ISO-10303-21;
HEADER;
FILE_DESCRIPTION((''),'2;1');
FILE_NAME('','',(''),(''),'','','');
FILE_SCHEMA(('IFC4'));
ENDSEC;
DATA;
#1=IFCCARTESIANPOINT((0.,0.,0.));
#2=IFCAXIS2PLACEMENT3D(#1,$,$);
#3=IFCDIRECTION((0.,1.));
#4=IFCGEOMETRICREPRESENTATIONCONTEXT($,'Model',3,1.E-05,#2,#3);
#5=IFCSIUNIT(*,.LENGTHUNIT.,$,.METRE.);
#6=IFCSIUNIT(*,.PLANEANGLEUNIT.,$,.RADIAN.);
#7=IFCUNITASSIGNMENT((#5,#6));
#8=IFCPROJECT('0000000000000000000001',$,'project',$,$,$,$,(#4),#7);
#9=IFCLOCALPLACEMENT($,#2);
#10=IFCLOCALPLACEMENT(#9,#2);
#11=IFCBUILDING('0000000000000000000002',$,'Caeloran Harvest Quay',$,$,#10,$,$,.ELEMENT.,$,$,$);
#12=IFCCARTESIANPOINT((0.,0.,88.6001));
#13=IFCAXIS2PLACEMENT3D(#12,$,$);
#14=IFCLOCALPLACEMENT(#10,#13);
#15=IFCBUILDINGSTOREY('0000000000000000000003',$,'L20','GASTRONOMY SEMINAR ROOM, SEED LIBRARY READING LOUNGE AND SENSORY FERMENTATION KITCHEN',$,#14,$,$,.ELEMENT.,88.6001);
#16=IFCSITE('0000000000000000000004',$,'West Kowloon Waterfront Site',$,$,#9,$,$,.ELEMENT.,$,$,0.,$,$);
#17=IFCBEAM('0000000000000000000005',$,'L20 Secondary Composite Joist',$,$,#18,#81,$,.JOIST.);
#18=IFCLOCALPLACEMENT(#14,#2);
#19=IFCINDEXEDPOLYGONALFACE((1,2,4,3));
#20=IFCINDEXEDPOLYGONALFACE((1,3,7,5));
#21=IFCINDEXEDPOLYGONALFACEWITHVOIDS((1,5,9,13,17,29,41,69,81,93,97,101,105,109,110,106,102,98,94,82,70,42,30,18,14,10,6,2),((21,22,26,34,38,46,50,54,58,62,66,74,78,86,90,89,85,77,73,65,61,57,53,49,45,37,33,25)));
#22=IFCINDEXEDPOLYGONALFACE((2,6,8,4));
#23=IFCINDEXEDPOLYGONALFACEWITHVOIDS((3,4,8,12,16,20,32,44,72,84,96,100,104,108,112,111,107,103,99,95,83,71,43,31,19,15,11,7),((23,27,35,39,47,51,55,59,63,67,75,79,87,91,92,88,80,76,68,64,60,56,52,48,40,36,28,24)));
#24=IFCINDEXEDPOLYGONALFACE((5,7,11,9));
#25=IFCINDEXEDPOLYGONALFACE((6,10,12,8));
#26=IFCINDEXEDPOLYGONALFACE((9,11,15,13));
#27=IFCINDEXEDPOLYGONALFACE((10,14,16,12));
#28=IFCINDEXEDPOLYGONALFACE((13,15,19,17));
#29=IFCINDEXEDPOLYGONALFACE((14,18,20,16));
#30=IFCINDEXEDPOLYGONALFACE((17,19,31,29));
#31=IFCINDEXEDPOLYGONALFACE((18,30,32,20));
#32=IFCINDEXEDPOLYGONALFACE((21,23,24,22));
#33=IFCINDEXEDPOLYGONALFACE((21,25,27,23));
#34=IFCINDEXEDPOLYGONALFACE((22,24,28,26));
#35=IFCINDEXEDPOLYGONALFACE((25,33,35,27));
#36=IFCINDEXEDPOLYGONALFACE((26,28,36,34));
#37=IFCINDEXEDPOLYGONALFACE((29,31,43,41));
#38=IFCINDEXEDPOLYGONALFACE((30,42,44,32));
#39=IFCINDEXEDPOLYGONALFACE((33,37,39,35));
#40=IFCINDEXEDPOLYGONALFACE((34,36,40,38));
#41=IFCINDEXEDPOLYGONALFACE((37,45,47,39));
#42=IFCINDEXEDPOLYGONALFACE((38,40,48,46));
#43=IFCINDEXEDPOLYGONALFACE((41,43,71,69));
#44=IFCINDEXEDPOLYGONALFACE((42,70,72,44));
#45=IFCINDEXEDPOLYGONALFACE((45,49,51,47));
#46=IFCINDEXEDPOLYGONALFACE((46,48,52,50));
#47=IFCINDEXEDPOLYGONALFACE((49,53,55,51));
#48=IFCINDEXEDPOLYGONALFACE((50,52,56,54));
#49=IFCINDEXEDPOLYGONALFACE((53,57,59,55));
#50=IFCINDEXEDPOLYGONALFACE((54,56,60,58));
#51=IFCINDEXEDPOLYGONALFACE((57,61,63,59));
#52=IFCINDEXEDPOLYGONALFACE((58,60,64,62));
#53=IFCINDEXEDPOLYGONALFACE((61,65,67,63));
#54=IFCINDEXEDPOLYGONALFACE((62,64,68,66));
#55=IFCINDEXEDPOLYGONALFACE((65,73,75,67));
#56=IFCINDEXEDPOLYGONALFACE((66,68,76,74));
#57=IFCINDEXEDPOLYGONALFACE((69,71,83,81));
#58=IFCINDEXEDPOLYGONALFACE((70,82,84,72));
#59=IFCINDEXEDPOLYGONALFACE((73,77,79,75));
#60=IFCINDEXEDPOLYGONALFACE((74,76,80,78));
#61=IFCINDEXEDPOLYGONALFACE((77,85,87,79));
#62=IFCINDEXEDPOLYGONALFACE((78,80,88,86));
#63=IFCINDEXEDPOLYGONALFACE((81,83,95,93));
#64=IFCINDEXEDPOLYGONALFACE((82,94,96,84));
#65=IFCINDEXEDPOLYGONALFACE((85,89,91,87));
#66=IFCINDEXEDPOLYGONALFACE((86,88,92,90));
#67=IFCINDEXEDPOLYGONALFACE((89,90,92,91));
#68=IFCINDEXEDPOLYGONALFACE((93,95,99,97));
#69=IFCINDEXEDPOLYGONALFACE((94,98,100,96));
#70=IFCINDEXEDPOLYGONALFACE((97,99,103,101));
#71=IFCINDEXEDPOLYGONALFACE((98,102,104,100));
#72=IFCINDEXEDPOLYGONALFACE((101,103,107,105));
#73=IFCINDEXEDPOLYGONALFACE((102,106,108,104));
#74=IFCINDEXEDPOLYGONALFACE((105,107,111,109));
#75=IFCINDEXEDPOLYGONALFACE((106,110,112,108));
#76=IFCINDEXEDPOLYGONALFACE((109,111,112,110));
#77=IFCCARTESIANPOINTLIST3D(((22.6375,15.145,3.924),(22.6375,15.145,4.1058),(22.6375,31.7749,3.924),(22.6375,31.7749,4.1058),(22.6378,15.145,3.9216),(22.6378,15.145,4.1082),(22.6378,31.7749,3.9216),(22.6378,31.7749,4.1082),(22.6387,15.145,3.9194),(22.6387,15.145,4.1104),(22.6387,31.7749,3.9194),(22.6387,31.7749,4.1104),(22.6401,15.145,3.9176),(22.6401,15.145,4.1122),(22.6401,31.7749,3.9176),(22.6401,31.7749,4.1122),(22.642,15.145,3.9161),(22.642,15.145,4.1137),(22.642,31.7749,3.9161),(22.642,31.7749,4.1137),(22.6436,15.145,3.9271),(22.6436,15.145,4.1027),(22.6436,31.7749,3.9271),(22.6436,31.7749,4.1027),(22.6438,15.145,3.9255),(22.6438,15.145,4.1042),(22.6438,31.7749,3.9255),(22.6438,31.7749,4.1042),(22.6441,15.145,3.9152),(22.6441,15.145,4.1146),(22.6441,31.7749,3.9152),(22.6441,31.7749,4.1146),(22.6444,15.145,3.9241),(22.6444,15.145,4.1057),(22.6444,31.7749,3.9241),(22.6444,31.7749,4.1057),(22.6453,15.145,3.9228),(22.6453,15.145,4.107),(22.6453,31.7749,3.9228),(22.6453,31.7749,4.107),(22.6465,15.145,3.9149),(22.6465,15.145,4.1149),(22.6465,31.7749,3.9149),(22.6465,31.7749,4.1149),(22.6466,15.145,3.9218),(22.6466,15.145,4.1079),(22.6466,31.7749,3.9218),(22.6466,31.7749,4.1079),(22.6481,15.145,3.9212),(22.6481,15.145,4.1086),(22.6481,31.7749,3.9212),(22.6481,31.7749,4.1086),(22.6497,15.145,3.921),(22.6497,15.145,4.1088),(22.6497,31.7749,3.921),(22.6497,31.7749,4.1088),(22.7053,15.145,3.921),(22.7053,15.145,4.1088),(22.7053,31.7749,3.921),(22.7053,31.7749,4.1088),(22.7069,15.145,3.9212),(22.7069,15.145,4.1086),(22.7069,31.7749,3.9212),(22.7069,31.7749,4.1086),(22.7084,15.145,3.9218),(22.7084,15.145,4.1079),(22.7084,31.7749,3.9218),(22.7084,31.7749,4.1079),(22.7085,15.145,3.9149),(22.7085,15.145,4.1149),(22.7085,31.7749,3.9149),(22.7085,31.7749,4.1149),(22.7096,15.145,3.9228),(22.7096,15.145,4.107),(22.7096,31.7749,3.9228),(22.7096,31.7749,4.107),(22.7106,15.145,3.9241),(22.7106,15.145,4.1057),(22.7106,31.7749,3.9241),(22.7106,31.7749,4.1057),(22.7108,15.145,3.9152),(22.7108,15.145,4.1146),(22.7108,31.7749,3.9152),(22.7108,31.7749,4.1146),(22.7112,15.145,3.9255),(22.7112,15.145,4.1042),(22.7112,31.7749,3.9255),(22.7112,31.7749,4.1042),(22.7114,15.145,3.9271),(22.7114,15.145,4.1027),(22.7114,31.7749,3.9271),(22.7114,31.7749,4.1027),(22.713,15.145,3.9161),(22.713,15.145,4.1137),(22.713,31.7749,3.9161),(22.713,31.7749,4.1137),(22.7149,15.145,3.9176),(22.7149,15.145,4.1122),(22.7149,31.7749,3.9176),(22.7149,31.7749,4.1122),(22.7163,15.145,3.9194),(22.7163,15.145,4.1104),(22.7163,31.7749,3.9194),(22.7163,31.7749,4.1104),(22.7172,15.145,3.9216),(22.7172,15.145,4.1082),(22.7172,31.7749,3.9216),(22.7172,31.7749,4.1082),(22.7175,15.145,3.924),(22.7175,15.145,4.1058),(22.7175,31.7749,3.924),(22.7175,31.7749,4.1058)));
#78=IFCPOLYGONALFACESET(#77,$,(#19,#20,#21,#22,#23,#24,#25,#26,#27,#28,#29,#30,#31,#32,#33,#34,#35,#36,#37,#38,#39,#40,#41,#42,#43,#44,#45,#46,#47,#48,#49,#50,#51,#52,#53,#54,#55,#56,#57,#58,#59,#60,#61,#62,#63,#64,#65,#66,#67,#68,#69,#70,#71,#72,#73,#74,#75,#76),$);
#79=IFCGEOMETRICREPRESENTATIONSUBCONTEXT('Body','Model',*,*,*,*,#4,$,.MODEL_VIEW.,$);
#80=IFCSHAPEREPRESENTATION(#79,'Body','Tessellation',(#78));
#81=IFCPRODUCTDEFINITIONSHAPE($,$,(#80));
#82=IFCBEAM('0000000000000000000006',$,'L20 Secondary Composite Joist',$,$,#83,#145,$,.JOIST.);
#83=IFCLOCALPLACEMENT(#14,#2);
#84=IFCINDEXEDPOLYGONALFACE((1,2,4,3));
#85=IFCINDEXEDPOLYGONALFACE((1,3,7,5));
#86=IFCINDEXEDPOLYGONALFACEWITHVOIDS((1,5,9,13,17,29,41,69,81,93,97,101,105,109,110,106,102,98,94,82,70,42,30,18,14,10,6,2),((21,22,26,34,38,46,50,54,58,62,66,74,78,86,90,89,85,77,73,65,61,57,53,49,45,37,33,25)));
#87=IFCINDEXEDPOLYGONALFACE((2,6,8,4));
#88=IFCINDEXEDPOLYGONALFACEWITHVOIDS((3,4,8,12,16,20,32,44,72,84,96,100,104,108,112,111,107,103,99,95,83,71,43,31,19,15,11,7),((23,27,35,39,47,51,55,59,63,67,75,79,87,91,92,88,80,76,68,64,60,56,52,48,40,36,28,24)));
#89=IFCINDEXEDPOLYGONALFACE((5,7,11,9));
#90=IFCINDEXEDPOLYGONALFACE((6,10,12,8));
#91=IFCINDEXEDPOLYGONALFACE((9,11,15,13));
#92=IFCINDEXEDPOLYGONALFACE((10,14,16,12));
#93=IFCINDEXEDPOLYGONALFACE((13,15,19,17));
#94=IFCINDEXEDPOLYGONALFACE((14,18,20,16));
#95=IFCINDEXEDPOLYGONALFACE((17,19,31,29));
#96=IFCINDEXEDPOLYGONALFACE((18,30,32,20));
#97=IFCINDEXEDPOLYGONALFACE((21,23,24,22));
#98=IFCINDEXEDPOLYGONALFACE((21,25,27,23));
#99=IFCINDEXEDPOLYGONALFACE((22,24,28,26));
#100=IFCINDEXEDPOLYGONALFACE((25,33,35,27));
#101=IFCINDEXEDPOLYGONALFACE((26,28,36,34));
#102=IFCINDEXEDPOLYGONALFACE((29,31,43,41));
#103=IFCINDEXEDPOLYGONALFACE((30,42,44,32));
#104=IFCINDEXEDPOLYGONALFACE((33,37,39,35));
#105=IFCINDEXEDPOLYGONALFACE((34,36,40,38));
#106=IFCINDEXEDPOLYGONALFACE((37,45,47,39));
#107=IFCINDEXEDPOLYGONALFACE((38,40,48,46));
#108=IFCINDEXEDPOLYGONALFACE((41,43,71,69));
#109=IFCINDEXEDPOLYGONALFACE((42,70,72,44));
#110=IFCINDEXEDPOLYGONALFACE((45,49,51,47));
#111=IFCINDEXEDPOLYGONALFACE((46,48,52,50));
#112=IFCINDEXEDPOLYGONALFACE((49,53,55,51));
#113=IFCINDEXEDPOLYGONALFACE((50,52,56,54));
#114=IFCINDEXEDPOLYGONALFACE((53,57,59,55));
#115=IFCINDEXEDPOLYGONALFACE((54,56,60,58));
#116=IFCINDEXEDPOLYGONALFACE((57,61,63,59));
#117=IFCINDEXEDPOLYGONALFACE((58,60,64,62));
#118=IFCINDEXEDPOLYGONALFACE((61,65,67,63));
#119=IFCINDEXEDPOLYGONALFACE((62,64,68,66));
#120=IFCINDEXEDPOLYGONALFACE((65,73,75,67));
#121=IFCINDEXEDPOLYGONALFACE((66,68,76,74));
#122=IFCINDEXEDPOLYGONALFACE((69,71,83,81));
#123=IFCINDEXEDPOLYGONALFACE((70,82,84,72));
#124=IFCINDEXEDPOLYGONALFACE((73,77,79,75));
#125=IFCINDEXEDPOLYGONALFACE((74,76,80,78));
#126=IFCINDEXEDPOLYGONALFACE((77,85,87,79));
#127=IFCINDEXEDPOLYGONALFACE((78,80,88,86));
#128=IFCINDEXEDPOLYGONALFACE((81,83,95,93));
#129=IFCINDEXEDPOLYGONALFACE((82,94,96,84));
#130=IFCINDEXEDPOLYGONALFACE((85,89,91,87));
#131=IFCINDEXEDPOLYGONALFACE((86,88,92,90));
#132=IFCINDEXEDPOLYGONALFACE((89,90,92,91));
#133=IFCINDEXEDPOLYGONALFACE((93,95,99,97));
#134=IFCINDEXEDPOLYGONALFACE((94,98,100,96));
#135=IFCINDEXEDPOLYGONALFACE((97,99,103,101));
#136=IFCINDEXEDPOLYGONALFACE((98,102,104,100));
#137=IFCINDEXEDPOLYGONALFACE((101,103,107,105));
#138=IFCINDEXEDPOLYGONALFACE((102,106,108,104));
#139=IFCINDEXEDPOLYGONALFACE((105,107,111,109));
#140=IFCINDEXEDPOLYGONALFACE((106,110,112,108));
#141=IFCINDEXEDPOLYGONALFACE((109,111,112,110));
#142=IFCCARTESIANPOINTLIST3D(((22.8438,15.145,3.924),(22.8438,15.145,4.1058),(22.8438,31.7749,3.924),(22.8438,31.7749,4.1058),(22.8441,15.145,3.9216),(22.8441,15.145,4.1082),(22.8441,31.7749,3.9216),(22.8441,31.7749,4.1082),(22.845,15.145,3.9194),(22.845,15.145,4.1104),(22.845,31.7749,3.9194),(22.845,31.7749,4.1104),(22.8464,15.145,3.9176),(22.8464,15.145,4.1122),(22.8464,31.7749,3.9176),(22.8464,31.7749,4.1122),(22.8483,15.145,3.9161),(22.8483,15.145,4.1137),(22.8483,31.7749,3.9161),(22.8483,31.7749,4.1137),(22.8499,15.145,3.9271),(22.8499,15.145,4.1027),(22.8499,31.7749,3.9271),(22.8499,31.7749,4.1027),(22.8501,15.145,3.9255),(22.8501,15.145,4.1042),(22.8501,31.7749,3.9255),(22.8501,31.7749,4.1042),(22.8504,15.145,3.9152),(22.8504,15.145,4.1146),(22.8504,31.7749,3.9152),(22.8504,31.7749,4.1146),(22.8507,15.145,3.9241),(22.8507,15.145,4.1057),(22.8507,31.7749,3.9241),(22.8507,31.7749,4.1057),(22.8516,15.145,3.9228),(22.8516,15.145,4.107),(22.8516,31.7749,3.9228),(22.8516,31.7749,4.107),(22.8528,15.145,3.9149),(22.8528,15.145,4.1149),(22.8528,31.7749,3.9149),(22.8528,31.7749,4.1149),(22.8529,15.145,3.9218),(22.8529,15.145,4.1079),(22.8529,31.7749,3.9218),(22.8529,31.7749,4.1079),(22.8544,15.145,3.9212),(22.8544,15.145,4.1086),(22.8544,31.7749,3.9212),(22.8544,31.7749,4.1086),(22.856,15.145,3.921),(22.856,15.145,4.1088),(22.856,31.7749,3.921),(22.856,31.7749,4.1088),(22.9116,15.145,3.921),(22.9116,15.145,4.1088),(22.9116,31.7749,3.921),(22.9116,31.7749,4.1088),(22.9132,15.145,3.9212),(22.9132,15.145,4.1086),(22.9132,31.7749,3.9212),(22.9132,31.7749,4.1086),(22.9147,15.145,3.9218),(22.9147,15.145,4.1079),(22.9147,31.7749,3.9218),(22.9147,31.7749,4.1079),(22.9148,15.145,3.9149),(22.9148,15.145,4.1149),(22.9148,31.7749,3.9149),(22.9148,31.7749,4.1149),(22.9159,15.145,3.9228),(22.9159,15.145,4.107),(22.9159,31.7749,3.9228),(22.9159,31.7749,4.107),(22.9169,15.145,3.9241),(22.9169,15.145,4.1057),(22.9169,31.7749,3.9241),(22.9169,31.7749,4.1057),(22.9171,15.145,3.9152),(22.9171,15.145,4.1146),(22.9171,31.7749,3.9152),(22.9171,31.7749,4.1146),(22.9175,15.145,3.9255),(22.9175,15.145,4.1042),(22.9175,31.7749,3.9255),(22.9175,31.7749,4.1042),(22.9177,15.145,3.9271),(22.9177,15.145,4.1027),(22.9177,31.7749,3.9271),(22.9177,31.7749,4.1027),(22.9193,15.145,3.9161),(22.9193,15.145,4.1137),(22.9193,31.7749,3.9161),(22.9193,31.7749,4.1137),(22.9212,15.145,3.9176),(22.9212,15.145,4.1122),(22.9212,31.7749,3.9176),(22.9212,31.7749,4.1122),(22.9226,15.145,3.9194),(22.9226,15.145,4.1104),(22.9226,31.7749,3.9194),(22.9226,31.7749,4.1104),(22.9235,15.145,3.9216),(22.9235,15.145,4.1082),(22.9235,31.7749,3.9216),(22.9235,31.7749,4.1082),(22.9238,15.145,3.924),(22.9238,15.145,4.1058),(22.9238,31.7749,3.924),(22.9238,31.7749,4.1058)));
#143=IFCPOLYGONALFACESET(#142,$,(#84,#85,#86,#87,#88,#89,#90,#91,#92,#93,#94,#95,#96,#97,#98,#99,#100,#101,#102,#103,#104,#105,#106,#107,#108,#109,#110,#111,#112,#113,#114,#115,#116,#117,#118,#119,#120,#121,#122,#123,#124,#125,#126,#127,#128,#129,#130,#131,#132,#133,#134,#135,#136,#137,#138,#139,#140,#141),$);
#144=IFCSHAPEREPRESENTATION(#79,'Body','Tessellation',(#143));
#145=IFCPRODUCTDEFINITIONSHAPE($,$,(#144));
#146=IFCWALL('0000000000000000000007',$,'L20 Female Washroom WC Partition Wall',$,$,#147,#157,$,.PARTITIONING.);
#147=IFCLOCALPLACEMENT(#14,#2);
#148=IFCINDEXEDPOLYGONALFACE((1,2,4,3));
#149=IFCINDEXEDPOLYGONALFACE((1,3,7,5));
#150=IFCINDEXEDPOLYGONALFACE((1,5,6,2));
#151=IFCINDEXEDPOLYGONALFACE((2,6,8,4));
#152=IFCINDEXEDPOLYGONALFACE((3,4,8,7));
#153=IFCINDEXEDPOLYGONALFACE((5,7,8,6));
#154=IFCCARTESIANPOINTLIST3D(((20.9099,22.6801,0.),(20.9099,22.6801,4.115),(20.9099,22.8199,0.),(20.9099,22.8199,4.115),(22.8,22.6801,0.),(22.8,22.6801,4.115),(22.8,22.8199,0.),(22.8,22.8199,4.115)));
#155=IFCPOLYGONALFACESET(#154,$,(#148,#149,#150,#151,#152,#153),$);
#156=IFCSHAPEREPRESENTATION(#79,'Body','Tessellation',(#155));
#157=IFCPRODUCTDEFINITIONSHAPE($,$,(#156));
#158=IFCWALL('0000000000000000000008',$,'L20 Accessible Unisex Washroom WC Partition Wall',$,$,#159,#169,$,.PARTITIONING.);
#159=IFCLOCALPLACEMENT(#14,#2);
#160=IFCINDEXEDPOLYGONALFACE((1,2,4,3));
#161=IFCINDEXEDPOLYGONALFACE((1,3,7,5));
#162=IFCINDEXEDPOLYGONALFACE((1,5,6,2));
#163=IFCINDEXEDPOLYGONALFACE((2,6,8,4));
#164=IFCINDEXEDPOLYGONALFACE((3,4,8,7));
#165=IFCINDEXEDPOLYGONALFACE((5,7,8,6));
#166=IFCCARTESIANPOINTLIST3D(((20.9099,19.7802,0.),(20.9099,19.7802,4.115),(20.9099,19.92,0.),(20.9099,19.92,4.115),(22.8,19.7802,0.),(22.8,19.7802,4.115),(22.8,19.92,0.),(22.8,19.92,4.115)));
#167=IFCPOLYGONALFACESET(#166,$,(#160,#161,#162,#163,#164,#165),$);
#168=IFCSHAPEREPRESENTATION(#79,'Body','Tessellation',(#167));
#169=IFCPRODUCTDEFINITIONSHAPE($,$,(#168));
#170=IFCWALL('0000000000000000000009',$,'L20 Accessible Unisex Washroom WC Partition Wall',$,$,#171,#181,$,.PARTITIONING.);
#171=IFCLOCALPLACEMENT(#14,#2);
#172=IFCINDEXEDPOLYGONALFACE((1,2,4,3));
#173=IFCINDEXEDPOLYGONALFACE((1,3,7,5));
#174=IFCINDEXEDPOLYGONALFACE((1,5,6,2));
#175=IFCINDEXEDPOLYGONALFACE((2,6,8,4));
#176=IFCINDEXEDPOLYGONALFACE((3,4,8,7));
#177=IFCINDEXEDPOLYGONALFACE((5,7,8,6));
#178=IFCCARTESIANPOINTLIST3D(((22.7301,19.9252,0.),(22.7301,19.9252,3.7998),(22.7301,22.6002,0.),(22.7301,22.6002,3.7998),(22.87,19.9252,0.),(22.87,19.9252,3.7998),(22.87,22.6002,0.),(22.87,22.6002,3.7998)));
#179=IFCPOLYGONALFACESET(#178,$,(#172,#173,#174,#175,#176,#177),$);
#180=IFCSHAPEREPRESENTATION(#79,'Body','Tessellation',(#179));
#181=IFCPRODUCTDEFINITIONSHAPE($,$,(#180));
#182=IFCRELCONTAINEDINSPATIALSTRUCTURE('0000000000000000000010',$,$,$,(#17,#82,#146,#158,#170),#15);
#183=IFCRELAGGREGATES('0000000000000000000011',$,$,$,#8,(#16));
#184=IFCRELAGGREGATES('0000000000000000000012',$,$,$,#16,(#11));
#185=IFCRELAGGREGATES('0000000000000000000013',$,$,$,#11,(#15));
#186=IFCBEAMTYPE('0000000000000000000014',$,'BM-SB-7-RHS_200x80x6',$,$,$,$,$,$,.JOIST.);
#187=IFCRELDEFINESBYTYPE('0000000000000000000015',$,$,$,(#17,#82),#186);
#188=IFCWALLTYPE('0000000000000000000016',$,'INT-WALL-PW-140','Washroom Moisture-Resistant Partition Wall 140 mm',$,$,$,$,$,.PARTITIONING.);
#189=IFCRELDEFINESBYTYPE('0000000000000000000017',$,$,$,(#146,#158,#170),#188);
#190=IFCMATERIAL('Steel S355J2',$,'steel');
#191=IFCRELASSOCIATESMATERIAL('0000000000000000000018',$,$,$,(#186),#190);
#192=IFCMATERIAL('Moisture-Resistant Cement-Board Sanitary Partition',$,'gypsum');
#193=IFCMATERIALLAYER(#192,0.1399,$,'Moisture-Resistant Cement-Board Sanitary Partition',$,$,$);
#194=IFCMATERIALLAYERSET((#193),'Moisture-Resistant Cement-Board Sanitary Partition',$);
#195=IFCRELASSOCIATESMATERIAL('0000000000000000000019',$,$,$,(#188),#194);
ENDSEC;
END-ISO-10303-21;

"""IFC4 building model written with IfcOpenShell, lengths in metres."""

from ifc_helpers import new_model, si_unit, direction, frame, frame_2d, origin, origin_2d, place, context, subcontext, project, spatial, rectangle, hollow_rectangle, extrude, material, layer, layer_set, material_profile, profile_set, type_object, element, save


model = new_model("IFC4")

# Units and contexts
model_context = context("Model", 3, precision=1e-05, world=origin(), true_north=direction((0.0, 1.0)))
body_context = subcontext(model_context, "Body", "Model", "MODEL_VIEW")
ifc_project = project(units=[si_unit("LENGTHUNIT", "METRE"), si_unit("PLANEANGLEUNIT", "RADIAN")], contexts=[model_context])

# Site, building, storey
site_placement = place(None, origin())
site = spatial("IfcSite", under=ifc_project, at=site_placement, Name="West Kowloon Waterfront Site", CompositionType="ELEMENT", RefElevation=0.0)
building_placement = place(site_placement, origin())
building = spatial("IfcBuilding", under=site, at=building_placement, Name="Caeloran Harvest Quay", CompositionType="ELEMENT")
storey_placement = place(building_placement, frame((0.0, 0.0, 88.6001)))
storey = spatial("IfcBuildingStorey", under=building, at=storey_placement, Name="L20", Description="GASTRONOMY SEMINAR ROOM, SEED LIBRARY READING LOUNGE AND SENSORY FERMENTATION KITCHEN", CompositionType="ELEMENT", Elevation=88.6001)

# Beams
ifc_material_1 = material(Name="Steel S355J2", Category="steel")
ifc_material_profile_1 = material_profile(ifc_material_1, hollow_rectangle(XDim=0.0801, YDim=0.2, WallThickness=0.0061, InnerFilletRadius=0.0061, OuterFilletRadius=0.009, at=origin_2d()), Name="RHS 200x80x6")
ifc_profile_set_1 = profile_set([ifc_material_profile_1], Name="Steel S355J2")
beam_type_1 = type_object("IfcBeamType", Name="BM-SB-7-RHS_200x80x6", PredefinedType="JOIST", material=ifc_profile_set_1)
for number, where, z_axis, x_axis, name in (
    (1, (22.6775, 15.145, 4.0149), (0.0, 1.0, 0.0), (-1.0, 0.0, 0.0), "L20 Secondary Composite Joist"),
    (2, (22.8838, 15.145, 4.0149), (0.0, 1.0, 0.0), (-1.0, 0.0, 0.0), "L20 Secondary Composite Joist"),
):
    element("IfcBeam", number, at=place(storey_placement, frame(where, z_axis=z_axis, x_axis=x_axis)), inside=storey, type_object=beam_type_1, Name=name, PredefinedType="JOIST", context=body_context, shape_type="SweptSolid", body=[
        extrude(hollow_rectangle(XDim=0.0801, YDim=0.2, WallThickness=0.0061, InnerFilletRadius=0.0061, OuterFilletRadius=0.009, at=origin_2d()), origin(), (0.0, 0.0, 1.0), 16.6299),
    ])

# Wall
ifc_material_2 = material(Name="Moisture-Resistant Cement-Board Sanitary Partition", Category="gypsum")
ifc_layer_1 = layer(ifc_material_2, 0.1399, Name="Moisture-Resistant Cement-Board Sanitary Partition")
ifc_layer_set_1 = layer_set([ifc_layer_1], Name="Moisture-Resistant Cement-Board Sanitary Partition")
wall_type_1 = type_object("IfcWallType", Name="INT-WALL-PW-140", Description="Washroom Moisture-Resistant Partition Wall 140 mm", PredefinedType="PARTITIONING", material=ifc_layer_set_1)
wall_1_placement = place(storey_placement, frame((22.8, 22.75, 0.0), z_axis=(0.0, 0.0, 1.0), x_axis=(-1.0, 0.0, 0.0)))
element("IfcWall", 3, at=wall_1_placement, inside=storey, type_object=wall_type_1, Name="L20 Female Washroom WC Partition Wall", PredefinedType="PARTITIONING", context=body_context, shape_type="SweptSolid", body=[
    extrude(rectangle(XDim=1.8901, YDim=0.1399, at=frame_2d((0.9451, 0.0))), origin(), (0.0, 0.0, 1.0), 4.115),
])

# Wall
wall_2_placement = place(storey_placement, frame((22.8, 19.8501, 0.0), z_axis=(0.0, 0.0, 1.0), x_axis=(-1.0, 0.0, 0.0)))
element("IfcWall", 4, at=wall_2_placement, inside=storey, type_object=wall_type_1, Name="L20 Accessible Unisex Washroom WC Partition Wall", PredefinedType="PARTITIONING", context=body_context, shape_type="SweptSolid", body=[
    extrude(rectangle(XDim=1.8901, YDim=0.1399, at=frame_2d((0.9451, 0.0))), origin(), (0.0, 0.0, 1.0), 4.115),
])

# Wall
wall_3_placement = place(storey_placement, frame((22.8, 22.6001, 0.0), z_axis=(0.0, 0.0, 1.0), x_axis=(0.0, -1.0, 0.0)))
element("IfcWall", 5, at=wall_3_placement, inside=storey, type_object=wall_type_1, Name="L20 Accessible Unisex Washroom WC Partition Wall", PredefinedType="PARTITIONING", context=body_context, shape_type="SweptSolid", body=[
    extrude(rectangle(XDim=2.675, YDim=0.1399, at=frame_2d((1.3374, 0.0))), origin(), (0.0, 0.0, 1.0), 3.7998),
])

save(model, "model.ifc")
